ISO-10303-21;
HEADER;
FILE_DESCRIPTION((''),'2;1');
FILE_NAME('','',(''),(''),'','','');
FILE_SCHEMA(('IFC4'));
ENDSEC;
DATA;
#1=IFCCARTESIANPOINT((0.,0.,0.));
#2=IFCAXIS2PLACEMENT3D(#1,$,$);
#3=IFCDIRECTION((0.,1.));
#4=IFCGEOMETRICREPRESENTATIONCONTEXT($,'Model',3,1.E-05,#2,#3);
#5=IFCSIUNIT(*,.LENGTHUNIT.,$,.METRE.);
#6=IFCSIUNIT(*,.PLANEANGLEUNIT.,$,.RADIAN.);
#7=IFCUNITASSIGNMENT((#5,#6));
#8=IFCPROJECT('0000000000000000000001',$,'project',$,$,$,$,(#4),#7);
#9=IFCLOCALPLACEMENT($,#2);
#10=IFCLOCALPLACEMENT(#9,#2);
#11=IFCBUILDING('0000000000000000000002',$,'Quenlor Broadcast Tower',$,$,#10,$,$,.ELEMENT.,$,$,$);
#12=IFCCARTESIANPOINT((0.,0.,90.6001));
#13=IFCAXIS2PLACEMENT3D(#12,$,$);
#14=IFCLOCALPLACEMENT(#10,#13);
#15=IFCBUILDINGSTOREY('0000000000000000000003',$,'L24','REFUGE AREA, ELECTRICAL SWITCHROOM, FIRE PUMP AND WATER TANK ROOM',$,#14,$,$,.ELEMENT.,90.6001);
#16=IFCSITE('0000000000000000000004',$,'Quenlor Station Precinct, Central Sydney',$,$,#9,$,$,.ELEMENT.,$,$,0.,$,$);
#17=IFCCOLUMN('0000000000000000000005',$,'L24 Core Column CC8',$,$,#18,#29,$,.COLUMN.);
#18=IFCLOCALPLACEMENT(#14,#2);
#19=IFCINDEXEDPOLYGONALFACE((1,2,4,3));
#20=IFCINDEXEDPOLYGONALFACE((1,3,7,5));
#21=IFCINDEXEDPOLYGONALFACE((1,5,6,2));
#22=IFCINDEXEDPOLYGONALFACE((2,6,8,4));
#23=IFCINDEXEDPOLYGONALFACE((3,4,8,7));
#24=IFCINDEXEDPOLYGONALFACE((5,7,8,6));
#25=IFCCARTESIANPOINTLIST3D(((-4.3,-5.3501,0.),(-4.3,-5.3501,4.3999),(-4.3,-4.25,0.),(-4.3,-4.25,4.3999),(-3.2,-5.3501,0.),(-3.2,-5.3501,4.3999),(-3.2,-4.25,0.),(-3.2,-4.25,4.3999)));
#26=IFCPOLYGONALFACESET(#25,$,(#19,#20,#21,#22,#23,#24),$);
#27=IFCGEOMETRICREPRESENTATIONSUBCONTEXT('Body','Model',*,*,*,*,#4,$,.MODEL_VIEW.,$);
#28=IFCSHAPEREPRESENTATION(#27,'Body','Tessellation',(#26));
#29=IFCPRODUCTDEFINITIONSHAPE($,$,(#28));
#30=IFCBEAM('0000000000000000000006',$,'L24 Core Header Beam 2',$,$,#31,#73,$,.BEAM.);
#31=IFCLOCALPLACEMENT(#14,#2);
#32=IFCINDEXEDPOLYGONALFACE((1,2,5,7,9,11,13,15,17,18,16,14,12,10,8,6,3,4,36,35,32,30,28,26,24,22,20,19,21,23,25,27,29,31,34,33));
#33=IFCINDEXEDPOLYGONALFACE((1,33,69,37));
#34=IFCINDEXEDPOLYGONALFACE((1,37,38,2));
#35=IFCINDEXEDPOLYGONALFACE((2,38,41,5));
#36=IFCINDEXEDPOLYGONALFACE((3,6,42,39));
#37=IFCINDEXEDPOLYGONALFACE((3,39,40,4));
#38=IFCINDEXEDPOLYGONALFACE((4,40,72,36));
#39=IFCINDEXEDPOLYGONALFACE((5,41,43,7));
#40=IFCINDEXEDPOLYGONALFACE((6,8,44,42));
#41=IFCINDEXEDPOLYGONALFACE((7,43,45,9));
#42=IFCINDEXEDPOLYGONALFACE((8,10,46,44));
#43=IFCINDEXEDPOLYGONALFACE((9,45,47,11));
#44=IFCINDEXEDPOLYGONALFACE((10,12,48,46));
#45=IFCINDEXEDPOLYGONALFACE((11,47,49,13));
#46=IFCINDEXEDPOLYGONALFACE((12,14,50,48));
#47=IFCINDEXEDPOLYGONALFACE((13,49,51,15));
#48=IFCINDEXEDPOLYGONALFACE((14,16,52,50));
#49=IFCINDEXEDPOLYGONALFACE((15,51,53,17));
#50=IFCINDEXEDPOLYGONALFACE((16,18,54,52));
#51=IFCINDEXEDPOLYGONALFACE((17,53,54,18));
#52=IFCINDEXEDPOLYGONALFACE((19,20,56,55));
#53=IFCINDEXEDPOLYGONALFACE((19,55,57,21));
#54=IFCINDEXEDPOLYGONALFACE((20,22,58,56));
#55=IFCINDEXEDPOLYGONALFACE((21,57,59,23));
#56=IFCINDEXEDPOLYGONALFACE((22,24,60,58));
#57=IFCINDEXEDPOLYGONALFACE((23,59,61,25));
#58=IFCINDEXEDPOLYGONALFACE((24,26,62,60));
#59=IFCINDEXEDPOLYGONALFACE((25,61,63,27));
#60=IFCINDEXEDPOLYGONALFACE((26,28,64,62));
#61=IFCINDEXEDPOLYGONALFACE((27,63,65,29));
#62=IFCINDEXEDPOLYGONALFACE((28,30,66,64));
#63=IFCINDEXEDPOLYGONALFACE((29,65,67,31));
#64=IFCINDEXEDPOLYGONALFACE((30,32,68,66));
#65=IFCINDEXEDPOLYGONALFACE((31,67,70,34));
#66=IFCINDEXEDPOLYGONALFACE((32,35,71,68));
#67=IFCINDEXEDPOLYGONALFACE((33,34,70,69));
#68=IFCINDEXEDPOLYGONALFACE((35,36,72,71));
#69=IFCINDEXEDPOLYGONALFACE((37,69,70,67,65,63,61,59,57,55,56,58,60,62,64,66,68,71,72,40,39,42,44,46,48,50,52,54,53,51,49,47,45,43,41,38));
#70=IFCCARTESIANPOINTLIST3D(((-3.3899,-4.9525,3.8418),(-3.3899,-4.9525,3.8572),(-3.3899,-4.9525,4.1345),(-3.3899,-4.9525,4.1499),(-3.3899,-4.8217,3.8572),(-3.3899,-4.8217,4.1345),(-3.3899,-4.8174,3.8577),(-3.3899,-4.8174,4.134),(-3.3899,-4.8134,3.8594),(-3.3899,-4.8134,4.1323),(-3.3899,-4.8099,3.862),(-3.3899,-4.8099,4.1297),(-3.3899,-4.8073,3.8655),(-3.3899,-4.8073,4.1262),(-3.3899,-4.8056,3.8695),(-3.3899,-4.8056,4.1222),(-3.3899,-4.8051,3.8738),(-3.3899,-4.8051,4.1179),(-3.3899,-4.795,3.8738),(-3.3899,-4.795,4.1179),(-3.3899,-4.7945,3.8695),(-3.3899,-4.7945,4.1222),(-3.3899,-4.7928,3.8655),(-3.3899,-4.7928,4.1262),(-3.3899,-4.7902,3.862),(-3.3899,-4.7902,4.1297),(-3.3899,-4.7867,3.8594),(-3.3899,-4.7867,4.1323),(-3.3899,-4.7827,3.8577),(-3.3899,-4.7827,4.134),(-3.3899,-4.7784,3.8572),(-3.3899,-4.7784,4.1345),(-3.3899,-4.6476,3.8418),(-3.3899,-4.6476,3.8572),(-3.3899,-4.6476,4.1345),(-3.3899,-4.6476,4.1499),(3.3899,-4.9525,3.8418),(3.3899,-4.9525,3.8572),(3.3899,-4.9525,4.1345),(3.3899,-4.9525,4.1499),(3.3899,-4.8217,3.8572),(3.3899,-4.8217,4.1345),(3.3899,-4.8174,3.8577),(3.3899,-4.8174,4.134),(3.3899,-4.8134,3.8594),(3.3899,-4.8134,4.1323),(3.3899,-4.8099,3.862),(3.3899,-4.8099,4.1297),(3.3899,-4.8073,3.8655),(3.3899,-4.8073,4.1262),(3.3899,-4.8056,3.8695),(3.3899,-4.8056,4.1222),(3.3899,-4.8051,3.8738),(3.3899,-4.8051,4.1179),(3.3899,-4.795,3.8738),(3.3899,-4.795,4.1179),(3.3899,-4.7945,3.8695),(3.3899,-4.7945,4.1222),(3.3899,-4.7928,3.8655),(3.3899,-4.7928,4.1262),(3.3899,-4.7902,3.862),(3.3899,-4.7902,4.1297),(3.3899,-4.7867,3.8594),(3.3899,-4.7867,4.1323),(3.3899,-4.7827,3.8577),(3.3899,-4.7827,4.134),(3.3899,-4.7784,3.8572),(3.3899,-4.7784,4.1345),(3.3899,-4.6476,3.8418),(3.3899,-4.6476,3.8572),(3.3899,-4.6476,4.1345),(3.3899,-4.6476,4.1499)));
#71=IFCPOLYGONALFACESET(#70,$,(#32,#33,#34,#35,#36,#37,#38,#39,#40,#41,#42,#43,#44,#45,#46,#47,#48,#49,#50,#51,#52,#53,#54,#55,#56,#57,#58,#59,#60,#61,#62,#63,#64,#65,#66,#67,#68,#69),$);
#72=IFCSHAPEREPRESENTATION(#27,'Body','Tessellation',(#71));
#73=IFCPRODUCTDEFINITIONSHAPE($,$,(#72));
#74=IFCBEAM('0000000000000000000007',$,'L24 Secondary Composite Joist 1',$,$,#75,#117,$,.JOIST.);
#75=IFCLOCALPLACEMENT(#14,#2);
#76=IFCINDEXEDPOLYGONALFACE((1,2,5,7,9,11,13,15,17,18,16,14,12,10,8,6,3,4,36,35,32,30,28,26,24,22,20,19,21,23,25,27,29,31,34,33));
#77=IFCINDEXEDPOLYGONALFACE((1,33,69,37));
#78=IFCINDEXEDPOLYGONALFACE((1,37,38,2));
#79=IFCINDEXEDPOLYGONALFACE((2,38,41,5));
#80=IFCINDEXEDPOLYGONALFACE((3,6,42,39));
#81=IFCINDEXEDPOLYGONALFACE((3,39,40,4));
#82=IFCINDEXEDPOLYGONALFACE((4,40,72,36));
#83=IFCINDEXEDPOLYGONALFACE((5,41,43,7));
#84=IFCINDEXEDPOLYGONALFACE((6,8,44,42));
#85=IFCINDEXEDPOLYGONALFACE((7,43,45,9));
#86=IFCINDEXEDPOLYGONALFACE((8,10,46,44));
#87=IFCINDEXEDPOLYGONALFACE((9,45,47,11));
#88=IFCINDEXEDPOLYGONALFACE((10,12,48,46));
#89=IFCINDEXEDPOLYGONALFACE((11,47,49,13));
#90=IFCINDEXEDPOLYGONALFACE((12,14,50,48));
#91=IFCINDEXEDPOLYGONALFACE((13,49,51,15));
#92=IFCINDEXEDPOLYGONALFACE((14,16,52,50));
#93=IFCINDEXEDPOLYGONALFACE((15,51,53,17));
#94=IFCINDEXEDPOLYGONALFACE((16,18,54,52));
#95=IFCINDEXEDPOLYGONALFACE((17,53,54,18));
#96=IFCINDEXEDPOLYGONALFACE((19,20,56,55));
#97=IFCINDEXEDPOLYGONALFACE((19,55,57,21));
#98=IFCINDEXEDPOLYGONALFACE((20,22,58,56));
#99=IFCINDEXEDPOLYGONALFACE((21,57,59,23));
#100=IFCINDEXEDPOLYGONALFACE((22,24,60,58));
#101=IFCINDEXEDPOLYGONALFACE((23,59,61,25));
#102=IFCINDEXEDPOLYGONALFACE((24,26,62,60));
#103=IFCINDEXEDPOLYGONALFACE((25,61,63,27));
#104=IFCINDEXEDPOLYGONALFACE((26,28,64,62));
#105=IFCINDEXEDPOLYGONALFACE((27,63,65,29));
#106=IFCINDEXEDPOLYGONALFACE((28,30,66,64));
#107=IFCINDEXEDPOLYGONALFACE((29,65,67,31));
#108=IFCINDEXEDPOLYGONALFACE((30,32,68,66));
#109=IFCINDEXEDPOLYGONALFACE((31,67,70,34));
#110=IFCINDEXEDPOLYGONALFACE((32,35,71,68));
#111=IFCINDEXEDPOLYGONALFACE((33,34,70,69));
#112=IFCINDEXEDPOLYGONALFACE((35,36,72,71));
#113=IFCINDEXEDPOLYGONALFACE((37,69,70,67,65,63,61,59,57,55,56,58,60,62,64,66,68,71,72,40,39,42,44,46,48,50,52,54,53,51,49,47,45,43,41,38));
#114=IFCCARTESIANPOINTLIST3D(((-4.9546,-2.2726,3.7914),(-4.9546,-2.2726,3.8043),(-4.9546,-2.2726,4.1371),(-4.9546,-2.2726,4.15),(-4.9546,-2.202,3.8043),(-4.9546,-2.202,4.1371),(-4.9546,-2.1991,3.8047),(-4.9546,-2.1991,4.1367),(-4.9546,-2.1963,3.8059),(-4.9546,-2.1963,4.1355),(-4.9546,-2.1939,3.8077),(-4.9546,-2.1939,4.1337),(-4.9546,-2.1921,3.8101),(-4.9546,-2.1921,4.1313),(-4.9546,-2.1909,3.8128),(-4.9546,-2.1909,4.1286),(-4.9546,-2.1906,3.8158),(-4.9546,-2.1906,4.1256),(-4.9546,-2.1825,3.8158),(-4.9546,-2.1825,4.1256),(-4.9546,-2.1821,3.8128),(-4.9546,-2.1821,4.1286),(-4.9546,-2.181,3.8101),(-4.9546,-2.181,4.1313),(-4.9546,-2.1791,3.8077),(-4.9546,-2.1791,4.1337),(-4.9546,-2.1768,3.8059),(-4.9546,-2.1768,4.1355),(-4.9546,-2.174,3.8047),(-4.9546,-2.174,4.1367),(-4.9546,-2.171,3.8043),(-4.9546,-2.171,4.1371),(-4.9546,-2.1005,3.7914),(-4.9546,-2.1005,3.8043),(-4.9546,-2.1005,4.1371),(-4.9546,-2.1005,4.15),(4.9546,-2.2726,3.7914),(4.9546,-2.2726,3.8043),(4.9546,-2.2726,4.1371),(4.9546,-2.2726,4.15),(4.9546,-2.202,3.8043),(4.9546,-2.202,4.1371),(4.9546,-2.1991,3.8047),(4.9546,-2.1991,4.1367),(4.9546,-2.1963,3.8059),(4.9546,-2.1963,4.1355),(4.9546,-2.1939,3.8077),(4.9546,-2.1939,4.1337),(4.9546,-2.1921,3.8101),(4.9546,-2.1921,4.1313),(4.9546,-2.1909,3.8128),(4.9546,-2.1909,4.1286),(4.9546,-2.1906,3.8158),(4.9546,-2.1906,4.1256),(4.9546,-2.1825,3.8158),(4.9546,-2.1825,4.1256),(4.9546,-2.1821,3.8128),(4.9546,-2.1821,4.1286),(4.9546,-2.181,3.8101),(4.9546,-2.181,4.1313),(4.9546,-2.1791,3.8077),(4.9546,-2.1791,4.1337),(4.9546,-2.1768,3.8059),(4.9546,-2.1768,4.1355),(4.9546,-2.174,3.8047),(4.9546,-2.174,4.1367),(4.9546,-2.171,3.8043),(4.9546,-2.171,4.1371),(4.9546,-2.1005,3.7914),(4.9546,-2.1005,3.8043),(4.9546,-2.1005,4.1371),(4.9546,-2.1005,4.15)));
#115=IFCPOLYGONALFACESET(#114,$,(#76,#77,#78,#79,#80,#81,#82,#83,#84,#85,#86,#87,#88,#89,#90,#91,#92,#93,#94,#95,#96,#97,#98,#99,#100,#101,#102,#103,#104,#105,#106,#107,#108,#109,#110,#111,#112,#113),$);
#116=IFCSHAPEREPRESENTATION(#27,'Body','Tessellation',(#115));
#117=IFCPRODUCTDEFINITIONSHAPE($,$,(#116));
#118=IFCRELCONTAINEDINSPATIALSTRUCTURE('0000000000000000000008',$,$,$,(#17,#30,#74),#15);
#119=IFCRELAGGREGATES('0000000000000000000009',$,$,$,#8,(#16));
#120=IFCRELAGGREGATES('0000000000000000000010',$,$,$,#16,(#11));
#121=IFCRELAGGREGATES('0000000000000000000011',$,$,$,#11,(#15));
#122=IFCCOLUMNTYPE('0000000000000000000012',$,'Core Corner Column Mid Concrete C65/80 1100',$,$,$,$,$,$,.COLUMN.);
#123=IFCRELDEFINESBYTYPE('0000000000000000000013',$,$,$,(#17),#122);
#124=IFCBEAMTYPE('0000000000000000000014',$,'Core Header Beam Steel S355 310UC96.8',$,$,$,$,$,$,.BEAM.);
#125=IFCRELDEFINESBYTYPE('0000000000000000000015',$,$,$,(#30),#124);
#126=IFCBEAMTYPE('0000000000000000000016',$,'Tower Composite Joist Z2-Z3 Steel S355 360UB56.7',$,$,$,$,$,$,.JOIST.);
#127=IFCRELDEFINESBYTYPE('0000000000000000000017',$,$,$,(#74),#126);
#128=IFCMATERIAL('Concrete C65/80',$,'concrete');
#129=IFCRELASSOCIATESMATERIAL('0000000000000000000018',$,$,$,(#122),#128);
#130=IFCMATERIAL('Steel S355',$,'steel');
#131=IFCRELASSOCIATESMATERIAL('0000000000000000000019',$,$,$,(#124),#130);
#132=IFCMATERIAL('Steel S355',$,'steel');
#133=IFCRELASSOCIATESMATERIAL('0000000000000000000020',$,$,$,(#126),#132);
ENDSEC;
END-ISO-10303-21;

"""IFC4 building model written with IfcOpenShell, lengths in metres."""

from ifc_helpers import new_model, si_unit, direction, frame, origin, origin_2d, place, context, subcontext, project, spatial, rectangle, i_section, extrude, material, material_profile, profile_set, type_object, element, save


model = new_model("IFC4")

# Units and contexts
model_context = context("Model", 3, precision=1e-05, world=origin(), true_north=direction((0.0, 1.0)))
body_context = subcontext(model_context, "Body", "Model", "MODEL_VIEW")
ifc_project = project(units=[si_unit("LENGTHUNIT", "METRE"), si_unit("PLANEANGLEUNIT", "RADIAN")], contexts=[model_context])

# Site, building, storey
site_placement = place(None, origin())
site = spatial("IfcSite", under=ifc_project, at=site_placement, Name="Quenlor Station Precinct, Central Sydney", CompositionType="ELEMENT", RefElevation=0.0)
building_placement = place(site_placement, origin())
building = spatial("IfcBuilding", under=site, at=building_placement, Name="Quenlor Broadcast Tower", CompositionType="ELEMENT")
storey_placement = place(building_placement, frame((0.0, 0.0, 90.6001)))
storey = spatial("IfcBuildingStorey", under=building, at=storey_placement, Name="L24", Description="REFUGE AREA, ELECTRICAL SWITCHROOM, FIRE PUMP AND WATER TANK ROOM", CompositionType="ELEMENT", Elevation=90.6001)

# Column
ifc_material_1 = material(Name="Concrete C65/80", Category="concrete")
ifc_material_profile_1 = material_profile(ifc_material_1, rectangle(XDim=1.1001, YDim=1.1001, at=origin_2d()))
ifc_profile_set_1 = profile_set([ifc_material_profile_1], Name="Concrete C65/80 RC1100x1100")
column_type = type_object("IfcColumnType", Name="Core Corner Column Mid Concrete C65/80 1100", PredefinedType="COLUMN", material=ifc_profile_set_1)
column_placement = place(storey_placement, frame((-3.75, -4.8, 0.0), z_axis=(0.0, 0.0, 1.0), x_axis=(1.0, 0.0, 0.0)))
element("IfcColumn", 1, at=column_placement, inside=storey, type_object=column_type, Name="L24 Core Column CC8", PredefinedType="COLUMN", context=body_context, shape_type="SweptSolid", body=[
    extrude(rectangle(XDim=1.1001, YDim=1.1001, at=origin_2d()), origin(), (0.0, 0.0, 1.0), 4.3999),
])

# Beams
ifc_material_2 = material(Name="Steel S355", Category="steel")
ifc_material_profile_2 = material_profile(ifc_material_2, i_section(OverallWidth=0.3049, OverallDepth=0.3081, WebThickness=0.01, FlangeThickness=0.0154, FilletRadius=0.0166, at=origin_2d()))
ifc_profile_set_2 = profile_set([ifc_material_profile_2], Name="Steel S355 310UC96.8")
beam_type_1 = type_object("IfcBeamType", Name="Core Header Beam Steel S355 310UC96.8", PredefinedType="BEAM", material=ifc_profile_set_2)
beam_1_placement = place(storey_placement, frame((-3.3899, -4.8, 3.9958), z_axis=(1.0, 0.0, 0.0), x_axis=(0.0, 1.0, 0.0)))
element("IfcBeam", 2, at=beam_1_placement, inside=storey, type_object=beam_type_1, Name="L24 Core Header Beam 2", PredefinedType="BEAM", context=body_context, shape_type="SweptSolid", body=[
    extrude(i_section(OverallWidth=0.3049, OverallDepth=0.3081, WebThickness=0.01, FlangeThickness=0.0154, FilletRadius=0.0166, at=origin_2d()), origin(), (0.0, 0.0, 1.0), 6.7798),
])
ifc_material_3 = material(Name="Steel S355", Category="steel")
ifc_material_profile_3 = material_profile(ifc_material_3, i_section(OverallWidth=0.1721, OverallDepth=0.3586, WebThickness=0.0081, FlangeThickness=0.0129, FilletRadius=0.0115, at=origin_2d()))
ifc_profile_set_3 = profile_set([ifc_material_profile_3], Name="Steel S355 360UB56.7")
beam_type_2 = type_object("IfcBeamType", Name="Tower Composite Joist Z2-Z3 Steel S355 360UB56.7", PredefinedType="JOIST", material=ifc_profile_set_3)
beam_2_placement = place(storey_placement, frame((-4.9546, -2.1865, 3.9707), z_axis=(1.0, 0.0, 0.0), x_axis=(0.0, 1.0, 0.0)))
element("IfcBeam", 3, at=beam_2_placement, inside=storey, type_object=beam_type_2, Name="L24 Secondary Composite Joist 1", PredefinedType="JOIST", context=body_context, shape_type="SweptSolid", body=[
    extrude(i_section(OverallWidth=0.1721, OverallDepth=0.3586, WebThickness=0.0081, FlangeThickness=0.0129, FilletRadius=0.0115, at=origin_2d()), origin(), (0.0, 0.0, 1.0), 9.9092),
])

save(model, "model.ifc")
